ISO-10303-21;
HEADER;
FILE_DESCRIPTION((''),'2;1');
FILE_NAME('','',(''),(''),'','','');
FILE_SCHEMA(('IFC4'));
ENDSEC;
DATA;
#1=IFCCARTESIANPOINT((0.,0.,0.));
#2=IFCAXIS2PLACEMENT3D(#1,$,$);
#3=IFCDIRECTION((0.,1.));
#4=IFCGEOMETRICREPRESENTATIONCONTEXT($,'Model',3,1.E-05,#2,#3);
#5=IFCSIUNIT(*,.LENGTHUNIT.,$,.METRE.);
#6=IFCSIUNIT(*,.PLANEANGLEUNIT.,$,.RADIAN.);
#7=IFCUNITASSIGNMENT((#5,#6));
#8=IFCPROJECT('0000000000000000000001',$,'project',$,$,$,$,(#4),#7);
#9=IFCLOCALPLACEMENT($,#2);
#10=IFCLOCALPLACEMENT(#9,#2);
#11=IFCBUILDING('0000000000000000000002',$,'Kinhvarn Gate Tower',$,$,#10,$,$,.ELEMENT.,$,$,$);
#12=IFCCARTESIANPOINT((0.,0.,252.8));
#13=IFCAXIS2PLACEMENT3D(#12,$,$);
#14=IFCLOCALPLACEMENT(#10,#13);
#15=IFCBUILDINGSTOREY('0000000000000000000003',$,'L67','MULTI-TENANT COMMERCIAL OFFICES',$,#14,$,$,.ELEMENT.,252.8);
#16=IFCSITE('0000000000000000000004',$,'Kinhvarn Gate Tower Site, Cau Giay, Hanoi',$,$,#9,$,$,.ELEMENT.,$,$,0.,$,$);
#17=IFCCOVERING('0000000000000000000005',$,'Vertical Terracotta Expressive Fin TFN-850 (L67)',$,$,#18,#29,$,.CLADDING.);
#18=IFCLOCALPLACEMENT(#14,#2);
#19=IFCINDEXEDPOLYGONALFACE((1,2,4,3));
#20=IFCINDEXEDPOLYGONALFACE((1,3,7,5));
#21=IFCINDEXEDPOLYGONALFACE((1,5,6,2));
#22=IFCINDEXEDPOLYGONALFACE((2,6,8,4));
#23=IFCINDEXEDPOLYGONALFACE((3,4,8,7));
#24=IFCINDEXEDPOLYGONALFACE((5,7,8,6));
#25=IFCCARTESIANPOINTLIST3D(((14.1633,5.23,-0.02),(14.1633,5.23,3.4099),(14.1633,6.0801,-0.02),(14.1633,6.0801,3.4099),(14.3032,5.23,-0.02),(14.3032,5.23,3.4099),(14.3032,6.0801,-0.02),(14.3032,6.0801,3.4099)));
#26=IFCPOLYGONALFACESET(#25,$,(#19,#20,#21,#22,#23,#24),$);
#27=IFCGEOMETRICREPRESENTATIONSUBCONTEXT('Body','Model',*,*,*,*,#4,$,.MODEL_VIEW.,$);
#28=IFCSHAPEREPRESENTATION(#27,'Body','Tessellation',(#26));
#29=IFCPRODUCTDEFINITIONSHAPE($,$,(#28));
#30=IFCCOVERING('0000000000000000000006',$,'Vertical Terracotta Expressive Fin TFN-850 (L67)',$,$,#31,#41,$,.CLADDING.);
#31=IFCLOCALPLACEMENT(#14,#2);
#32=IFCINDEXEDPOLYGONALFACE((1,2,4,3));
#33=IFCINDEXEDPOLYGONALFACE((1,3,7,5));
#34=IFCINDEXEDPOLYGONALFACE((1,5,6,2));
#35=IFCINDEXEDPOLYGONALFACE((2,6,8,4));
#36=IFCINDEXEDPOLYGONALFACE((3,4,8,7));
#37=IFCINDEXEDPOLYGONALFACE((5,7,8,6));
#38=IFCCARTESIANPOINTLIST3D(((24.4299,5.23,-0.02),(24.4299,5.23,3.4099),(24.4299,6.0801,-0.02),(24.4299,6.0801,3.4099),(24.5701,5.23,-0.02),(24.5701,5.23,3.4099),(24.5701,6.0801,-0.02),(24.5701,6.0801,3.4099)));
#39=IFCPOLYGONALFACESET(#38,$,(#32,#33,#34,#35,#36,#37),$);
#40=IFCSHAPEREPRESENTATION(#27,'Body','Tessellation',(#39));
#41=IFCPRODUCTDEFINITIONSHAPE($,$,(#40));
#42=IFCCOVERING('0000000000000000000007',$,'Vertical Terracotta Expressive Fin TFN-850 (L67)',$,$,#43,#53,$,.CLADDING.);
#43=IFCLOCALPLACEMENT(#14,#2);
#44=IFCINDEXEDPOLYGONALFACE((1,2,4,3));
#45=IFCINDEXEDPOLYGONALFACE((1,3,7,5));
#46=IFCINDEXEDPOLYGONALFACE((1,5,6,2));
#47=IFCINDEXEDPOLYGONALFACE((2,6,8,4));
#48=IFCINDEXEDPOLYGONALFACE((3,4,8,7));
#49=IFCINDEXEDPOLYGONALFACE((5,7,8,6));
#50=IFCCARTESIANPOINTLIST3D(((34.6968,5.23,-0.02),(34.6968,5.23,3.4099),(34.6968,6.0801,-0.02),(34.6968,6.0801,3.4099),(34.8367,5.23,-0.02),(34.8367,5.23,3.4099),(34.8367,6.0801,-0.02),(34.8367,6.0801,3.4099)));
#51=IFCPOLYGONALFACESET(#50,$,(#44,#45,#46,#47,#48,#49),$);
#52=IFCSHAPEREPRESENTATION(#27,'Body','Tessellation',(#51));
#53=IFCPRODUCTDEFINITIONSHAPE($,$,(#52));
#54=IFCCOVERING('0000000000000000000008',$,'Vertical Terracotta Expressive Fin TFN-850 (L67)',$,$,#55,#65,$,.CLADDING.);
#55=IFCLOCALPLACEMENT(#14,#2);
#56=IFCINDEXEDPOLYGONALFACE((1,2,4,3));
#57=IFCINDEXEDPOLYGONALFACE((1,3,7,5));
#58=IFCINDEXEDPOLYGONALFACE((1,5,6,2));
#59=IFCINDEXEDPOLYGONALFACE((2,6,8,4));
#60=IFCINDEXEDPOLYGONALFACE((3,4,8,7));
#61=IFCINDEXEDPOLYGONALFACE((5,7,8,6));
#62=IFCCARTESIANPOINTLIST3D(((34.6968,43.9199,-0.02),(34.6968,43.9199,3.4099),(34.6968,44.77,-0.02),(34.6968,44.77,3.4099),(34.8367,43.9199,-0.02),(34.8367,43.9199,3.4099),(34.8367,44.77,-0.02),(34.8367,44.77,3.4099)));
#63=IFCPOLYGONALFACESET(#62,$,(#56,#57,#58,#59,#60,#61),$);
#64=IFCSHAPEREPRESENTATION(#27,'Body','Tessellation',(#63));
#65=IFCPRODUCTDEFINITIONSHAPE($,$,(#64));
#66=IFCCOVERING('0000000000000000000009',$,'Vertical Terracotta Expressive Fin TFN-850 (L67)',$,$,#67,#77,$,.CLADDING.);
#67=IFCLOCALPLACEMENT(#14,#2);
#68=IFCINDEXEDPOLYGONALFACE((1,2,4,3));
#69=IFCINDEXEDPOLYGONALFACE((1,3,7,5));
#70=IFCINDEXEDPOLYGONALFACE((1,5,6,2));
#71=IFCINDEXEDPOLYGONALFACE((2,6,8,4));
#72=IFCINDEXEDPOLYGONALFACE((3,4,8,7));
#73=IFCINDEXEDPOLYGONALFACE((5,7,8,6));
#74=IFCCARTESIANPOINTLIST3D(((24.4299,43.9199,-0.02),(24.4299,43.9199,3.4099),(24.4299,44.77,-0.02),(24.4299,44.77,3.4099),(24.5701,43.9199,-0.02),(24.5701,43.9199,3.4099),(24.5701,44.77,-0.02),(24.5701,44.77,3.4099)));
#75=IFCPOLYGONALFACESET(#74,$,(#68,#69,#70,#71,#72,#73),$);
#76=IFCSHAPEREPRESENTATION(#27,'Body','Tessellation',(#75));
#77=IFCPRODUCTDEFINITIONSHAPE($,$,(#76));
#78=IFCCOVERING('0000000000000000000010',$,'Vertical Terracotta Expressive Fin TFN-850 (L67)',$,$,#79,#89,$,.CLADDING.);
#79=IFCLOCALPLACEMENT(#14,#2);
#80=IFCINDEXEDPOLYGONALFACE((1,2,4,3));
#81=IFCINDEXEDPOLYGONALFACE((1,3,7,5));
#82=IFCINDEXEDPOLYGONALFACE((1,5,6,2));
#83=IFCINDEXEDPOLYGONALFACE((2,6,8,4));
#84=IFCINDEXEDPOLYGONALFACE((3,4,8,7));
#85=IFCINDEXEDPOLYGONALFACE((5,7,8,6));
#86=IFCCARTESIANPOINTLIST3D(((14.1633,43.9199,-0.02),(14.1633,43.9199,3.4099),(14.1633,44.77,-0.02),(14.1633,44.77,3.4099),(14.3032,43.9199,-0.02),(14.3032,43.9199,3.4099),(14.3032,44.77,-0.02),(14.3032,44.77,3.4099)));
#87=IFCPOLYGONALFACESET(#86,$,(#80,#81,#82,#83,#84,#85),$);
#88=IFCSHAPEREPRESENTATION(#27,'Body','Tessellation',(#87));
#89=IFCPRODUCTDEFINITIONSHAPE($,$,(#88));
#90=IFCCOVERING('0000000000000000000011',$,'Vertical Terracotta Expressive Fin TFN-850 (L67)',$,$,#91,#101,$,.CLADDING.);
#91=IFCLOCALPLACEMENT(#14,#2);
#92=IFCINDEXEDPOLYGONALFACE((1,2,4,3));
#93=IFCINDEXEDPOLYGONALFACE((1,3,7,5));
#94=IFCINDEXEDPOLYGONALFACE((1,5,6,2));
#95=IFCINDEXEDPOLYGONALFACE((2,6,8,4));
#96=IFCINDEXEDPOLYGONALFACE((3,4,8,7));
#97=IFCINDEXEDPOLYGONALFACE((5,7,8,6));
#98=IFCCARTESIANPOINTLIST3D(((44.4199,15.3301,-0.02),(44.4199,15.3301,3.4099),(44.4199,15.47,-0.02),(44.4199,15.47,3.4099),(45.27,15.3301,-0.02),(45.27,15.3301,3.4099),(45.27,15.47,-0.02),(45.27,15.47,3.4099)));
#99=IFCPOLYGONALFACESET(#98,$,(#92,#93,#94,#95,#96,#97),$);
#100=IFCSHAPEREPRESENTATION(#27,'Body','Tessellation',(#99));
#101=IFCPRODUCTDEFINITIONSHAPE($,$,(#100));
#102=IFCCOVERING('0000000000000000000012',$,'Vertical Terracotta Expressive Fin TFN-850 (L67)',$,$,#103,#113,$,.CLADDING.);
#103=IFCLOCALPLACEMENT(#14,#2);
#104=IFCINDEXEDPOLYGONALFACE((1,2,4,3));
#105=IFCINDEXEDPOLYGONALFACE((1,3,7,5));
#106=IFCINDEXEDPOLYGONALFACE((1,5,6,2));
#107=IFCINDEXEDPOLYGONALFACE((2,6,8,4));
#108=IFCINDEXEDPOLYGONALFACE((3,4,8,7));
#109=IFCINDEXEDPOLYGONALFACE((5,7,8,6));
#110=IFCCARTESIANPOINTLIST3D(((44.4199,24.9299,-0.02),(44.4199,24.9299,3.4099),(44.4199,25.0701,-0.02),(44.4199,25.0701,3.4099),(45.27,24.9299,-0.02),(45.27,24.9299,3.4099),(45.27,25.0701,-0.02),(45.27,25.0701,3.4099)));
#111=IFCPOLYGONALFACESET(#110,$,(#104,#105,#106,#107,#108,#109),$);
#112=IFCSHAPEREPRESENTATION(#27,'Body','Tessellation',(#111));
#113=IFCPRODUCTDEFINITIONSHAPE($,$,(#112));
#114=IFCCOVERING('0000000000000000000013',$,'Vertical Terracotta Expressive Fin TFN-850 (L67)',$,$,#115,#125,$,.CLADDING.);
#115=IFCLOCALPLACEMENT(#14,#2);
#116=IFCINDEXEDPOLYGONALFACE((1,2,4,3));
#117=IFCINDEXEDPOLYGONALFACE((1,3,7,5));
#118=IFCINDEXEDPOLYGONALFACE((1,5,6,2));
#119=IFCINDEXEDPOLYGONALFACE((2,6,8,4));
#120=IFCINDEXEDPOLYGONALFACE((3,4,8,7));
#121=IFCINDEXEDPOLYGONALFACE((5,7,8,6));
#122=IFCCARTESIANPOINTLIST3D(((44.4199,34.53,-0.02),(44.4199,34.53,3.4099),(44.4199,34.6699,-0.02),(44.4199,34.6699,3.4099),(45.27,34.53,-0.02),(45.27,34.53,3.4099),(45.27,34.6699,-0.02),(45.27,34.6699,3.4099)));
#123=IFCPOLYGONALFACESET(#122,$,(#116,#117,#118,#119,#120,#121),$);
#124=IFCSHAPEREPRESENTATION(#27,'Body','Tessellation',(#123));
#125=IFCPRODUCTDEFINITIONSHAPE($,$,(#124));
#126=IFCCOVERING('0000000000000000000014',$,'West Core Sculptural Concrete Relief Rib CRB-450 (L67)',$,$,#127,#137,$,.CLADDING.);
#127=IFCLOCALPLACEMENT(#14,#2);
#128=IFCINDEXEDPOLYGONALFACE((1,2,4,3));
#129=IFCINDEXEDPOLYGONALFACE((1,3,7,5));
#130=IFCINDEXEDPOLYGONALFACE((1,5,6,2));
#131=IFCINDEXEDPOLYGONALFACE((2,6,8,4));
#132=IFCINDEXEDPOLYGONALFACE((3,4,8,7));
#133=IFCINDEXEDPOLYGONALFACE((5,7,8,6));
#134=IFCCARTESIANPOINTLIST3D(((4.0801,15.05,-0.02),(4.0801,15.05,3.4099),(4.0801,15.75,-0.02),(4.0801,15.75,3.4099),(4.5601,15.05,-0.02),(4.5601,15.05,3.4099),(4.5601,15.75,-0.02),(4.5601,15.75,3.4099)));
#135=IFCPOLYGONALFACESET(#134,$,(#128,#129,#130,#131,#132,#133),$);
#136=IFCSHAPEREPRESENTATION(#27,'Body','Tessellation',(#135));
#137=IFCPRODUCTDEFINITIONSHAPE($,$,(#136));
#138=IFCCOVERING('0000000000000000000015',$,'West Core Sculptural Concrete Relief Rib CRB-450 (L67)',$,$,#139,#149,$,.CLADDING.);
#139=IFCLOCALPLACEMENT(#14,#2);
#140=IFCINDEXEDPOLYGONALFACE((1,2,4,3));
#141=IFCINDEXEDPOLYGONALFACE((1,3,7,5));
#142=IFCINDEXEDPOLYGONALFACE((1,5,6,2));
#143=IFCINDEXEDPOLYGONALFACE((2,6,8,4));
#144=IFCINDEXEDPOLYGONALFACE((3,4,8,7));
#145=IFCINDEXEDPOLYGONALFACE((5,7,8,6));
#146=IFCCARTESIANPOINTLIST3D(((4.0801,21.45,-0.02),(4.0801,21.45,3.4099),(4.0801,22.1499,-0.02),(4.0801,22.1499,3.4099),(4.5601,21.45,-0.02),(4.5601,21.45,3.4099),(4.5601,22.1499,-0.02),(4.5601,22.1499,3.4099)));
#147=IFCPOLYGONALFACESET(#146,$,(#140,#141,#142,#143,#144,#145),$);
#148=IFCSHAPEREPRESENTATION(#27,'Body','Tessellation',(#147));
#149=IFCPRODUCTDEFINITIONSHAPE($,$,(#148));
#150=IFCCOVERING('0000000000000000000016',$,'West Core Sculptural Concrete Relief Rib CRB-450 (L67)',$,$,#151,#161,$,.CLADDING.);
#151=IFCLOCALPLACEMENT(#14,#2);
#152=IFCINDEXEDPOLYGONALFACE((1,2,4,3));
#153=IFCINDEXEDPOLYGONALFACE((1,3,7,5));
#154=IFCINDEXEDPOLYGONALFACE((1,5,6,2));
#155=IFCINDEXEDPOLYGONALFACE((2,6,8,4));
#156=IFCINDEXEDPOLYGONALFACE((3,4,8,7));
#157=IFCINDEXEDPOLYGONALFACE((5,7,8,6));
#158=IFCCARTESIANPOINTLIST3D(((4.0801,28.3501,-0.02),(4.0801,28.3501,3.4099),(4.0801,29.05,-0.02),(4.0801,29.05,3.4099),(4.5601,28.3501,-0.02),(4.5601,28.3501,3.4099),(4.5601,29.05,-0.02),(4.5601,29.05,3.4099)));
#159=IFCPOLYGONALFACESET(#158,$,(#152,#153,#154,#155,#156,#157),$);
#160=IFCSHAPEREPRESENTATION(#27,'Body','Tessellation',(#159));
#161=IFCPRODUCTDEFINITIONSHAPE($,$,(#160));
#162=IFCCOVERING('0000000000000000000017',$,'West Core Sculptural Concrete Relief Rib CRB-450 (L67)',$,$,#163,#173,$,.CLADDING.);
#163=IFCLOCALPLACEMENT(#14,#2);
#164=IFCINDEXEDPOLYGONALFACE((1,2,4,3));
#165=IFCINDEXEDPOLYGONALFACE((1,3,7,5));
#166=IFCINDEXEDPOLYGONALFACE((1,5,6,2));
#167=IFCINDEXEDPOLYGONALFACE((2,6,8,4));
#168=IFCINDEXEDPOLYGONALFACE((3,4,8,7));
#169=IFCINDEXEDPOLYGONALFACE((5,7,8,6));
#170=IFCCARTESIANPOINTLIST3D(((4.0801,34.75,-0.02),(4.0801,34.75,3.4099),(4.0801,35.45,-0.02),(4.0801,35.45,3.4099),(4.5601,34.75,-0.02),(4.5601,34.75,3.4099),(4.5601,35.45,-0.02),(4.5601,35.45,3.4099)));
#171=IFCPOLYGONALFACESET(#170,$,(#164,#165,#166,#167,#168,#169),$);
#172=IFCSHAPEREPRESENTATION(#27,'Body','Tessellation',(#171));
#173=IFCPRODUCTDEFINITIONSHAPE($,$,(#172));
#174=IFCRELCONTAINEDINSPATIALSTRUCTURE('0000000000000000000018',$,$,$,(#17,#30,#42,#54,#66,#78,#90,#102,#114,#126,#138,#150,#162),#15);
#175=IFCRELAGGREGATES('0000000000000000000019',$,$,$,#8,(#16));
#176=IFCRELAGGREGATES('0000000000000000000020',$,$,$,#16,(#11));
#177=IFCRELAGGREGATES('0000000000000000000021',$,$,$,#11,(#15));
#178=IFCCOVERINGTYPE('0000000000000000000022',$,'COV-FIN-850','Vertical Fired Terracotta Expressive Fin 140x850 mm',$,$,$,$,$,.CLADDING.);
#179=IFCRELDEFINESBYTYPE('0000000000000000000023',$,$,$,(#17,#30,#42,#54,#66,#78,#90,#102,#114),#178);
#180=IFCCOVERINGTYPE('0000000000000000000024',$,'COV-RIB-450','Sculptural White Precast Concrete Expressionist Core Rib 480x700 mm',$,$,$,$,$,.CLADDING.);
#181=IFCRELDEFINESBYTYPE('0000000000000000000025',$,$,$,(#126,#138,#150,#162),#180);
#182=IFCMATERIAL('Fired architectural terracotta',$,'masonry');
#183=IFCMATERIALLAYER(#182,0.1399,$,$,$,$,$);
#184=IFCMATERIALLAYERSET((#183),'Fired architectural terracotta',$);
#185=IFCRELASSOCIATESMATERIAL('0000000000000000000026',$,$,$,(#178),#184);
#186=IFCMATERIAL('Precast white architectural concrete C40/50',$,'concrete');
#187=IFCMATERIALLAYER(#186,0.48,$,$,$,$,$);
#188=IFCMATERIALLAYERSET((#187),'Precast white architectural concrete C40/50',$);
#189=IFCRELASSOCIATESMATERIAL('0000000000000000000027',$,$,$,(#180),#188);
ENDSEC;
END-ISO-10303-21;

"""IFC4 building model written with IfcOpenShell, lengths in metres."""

from ifc_helpers import new_model, si_unit, direction, frame, origin, place, context, subcontext, project, spatial, polyline, outline, extrude, material, layer, layer_set, type_object, element, save


model = new_model("IFC4")

# Units and contexts
model_context = context("Model", 3, precision=1e-05, world=origin(), true_north=direction((0.0, 1.0)))
body_context = subcontext(model_context, "Body", "Model", "MODEL_VIEW")
ifc_project = project(units=[si_unit("LENGTHUNIT", "METRE"), si_unit("PLANEANGLEUNIT", "RADIAN")], contexts=[model_context])

# Site, building, storey
site_placement = place(None, origin())
site = spatial("IfcSite", under=ifc_project, at=site_placement, Name="Kinhvarn Gate Tower Site, Cau Giay, Hanoi", CompositionType="ELEMENT", RefElevation=0.0)
building_placement = place(site_placement, origin())
building = spatial("IfcBuilding", under=site, at=building_placement, Name="Kinhvarn Gate Tower", CompositionType="ELEMENT")
storey_placement = place(building_placement, frame((0.0, 0.0, 252.8)))
storey = spatial("IfcBuildingStorey", under=building, at=storey_placement, Name="L67", Description="MULTI-TENANT COMMERCIAL OFFICES", CompositionType="ELEMENT", Elevation=252.8)

# Shared definitions
ifc_material_1 = material(Name="Precast white architectural concrete C40/50", Category="concrete")

# Coverings
ifc_material_2 = material(Name="Fired architectural terracotta", Category="masonry")
ifc_layer_1 = layer(ifc_material_2, 0.1399)
ifc_layer_set_1 = layer_set([ifc_layer_1], Name="Fired architectural terracotta")
covering_type_1 = type_object("IfcCoveringType", Name="COV-FIN-850", Description="Vertical Fired Terracotta Expressive Fin 140x850 mm", PredefinedType="CLADDING", material=ifc_layer_set_1)
covering_1_placement = place(storey_placement, frame((0.0, 0.0, -0.02)))
element("IfcCovering", 1, at=covering_1_placement, inside=storey, type_object=covering_type_1, Name="Vertical Terracotta Expressive Fin TFN-850 (L67)", PredefinedType="CLADDING", context=body_context, shape_type="SweptSolid", body=[
    extrude(outline(polyline([(14.1633, 6.0801), (14.3032, 6.0801), (14.3032, 5.23), (14.1633, 5.23), (14.1633, 6.0801)])), origin(), (0.0, 0.0, 1.0), 3.4299),
])
covering_2_placement = place(storey_placement, frame((0.0, 0.0, -0.02)))
element("IfcCovering", 2, at=covering_2_placement, inside=storey, type_object=covering_type_1, Name="Vertical Terracotta Expressive Fin TFN-850 (L67)", PredefinedType="CLADDING", context=body_context, shape_type="SweptSolid", body=[
    extrude(outline(polyline([(24.4299, 6.0801), (24.5701, 6.0801), (24.5701, 5.23), (24.4299, 5.23), (24.4299, 6.0801)])), origin(), (0.0, 0.0, 1.0), 3.4299),
])
covering_3_placement = place(storey_placement, frame((0.0, 0.0, -0.02)))
element("IfcCovering", 3, at=covering_3_placement, inside=storey, type_object=covering_type_1, Name="Vertical Terracotta Expressive Fin TFN-850 (L67)", PredefinedType="CLADDING", context=body_context, shape_type="SweptSolid", body=[
    extrude(outline(polyline([(34.6968, 6.0801), (34.8367, 6.0801), (34.8367, 5.23), (34.6968, 5.23), (34.6968, 6.0801)])), origin(), (0.0, 0.0, 1.0), 3.4299),
])
covering_4_placement = place(storey_placement, frame((0.0, 0.0, -0.02)))
element("IfcCovering", 4, at=covering_4_placement, inside=storey, type_object=covering_type_1, Name="Vertical Terracotta Expressive Fin TFN-850 (L67)", PredefinedType="CLADDING", context=body_context, shape_type="SweptSolid", body=[
    extrude(outline(polyline([(34.8367, 43.9199), (34.6968, 43.9199), (34.6968, 44.77), (34.8367, 44.77), (34.8367, 43.9199)])), origin(), (0.0, 0.0, 1.0), 3.4299),
])
covering_5_placement = place(storey_placement, frame((0.0, 0.0, -0.02)))
element("IfcCovering", 5, at=covering_5_placement, inside=storey, type_object=covering_type_1, Name="Vertical Terracotta Expressive Fin TFN-850 (L67)", PredefinedType="CLADDING", context=body_context, shape_type="SweptSolid", body=[
    extrude(outline(polyline([(24.5701, 43.9199), (24.4299, 43.9199), (24.4299, 44.77), (24.5701, 44.77), (24.5701, 43.9199)])), origin(), (0.0, 0.0, 1.0), 3.4299),
])
covering_6_placement = place(storey_placement, frame((0.0, 0.0, -0.02)))
element("IfcCovering", 6, at=covering_6_placement, inside=storey, type_object=covering_type_1, Name="Vertical Terracotta Expressive Fin TFN-850 (L67)", PredefinedType="CLADDING", context=body_context, shape_type="SweptSolid", body=[
    extrude(outline(polyline([(14.3032, 43.9199), (14.1633, 43.9199), (14.1633, 44.77), (14.3032, 44.77), (14.3032, 43.9199)])), origin(), (0.0, 0.0, 1.0), 3.4299),
])
covering_7_placement = place(storey_placement, frame((0.0, 0.0, -0.02)))
element("IfcCovering", 7, at=covering_7_placement, inside=storey, type_object=covering_type_1, Name="Vertical Terracotta Expressive Fin TFN-850 (L67)", PredefinedType="CLADDING", context=body_context, shape_type="SweptSolid", body=[
    extrude(outline(polyline([(44.4199, 15.3301), (44.4199, 15.47), (45.27, 15.47), (45.27, 15.3301), (44.4199, 15.3301)])), origin(), (0.0, 0.0, 1.0), 3.4299),
])
covering_8_placement = place(storey_placement, frame((0.0, 0.0, -0.02)))
element("IfcCovering", 8, at=covering_8_placement, inside=storey, type_object=covering_type_1, Name="Vertical Terracotta Expressive Fin TFN-850 (L67)", PredefinedType="CLADDING", context=body_context, shape_type="SweptSolid", body=[
    extrude(outline(polyline([(44.4199, 24.9299), (44.4199, 25.0701), (45.27, 25.0701), (45.27, 24.9299), (44.4199, 24.9299)])), origin(), (0.0, 0.0, 1.0), 3.4299),
])
covering_9_placement = place(storey_placement, frame((0.0, 0.0, -0.02)))
element("IfcCovering", 9, at=covering_9_placement, inside=storey, type_object=covering_type_1, Name="Vertical Terracotta Expressive Fin TFN-850 (L67)", PredefinedType="CLADDING", context=body_context, shape_type="SweptSolid", body=[
    extrude(outline(polyline([(44.4199, 34.53), (44.4199, 34.6699), (45.27, 34.6699), (45.27, 34.53), (44.4199, 34.53)])), origin(), (0.0, 0.0, 1.0), 3.4299),
])
ifc_layer_2 = layer(ifc_material_1, 0.48)
ifc_layer_set_2 = layer_set([ifc_layer_2], Name="Precast white architectural concrete C40/50")
covering_type_2 = type_object("IfcCoveringType", Name="COV-RIB-450", Description="Sculptural White Precast Concrete Expressionist Core Rib 480x700 mm", PredefinedType="CLADDING", material=ifc_layer_set_2)
covering_10_placement = place(storey_placement, frame((0.0, 0.0, -0.02)))
element("IfcCovering", 10, at=covering_10_placement, inside=storey, type_object=covering_type_2, Name="West Core Sculptural Concrete Relief Rib CRB-450 (L67)", PredefinedType="CLADDING", context=body_context, shape_type="SweptSolid", body=[
    extrude(outline(polyline([(4.0801, 15.05), (4.5601, 15.05), (4.5601, 15.75), (4.0801, 15.75), (4.0801, 15.05)])), origin(), (0.0, 0.0, 1.0), 3.4299),
])
covering_11_placement = place(storey_placement, frame((0.0, 0.0, -0.02)))
element("IfcCovering", 11, at=covering_11_placement, inside=storey, type_object=covering_type_2, Name="West Core Sculptural Concrete Relief Rib CRB-450 (L67)", PredefinedType="CLADDING", context=body_context, shape_type="SweptSolid", body=[
    extrude(outline(polyline([(4.0801, 21.45), (4.5601, 21.45), (4.5601, 22.1499), (4.0801, 22.1499), (4.0801, 21.45)])), origin(), (0.0, 0.0, 1.0), 3.4299),
])
covering_12_placement = place(storey_placement, frame((0.0, 0.0, -0.02)))
element("IfcCovering", 12, at=covering_12_placement, inside=storey, type_object=covering_type_2, Name="West Core Sculptural Concrete Relief Rib CRB-450 (L67)", PredefinedType="CLADDING", context=body_context, shape_type="SweptSolid", body=[
    extrude(outline(polyline([(4.0801, 28.3501), (4.5601, 28.3501), (4.5601, 29.05), (4.0801, 29.05), (4.0801, 28.3501)])), origin(), (0.0, 0.0, 1.0), 3.4299),
])
covering_13_placement = place(storey_placement, frame((0.0, 0.0, -0.02)))
element("IfcCovering", 13, at=covering_13_placement, inside=storey, type_object=covering_type_2, Name="West Core Sculptural Concrete Relief Rib CRB-450 (L67)", PredefinedType="CLADDING", context=body_context, shape_type="SweptSolid", body=[
    extrude(outline(polyline([(4.0801, 34.75), (4.5601, 34.75), (4.5601, 35.45), (4.0801, 35.45), (4.0801, 34.75)])), origin(), (0.0, 0.0, 1.0), 3.4299),
])

save(model, "model.ifc")
